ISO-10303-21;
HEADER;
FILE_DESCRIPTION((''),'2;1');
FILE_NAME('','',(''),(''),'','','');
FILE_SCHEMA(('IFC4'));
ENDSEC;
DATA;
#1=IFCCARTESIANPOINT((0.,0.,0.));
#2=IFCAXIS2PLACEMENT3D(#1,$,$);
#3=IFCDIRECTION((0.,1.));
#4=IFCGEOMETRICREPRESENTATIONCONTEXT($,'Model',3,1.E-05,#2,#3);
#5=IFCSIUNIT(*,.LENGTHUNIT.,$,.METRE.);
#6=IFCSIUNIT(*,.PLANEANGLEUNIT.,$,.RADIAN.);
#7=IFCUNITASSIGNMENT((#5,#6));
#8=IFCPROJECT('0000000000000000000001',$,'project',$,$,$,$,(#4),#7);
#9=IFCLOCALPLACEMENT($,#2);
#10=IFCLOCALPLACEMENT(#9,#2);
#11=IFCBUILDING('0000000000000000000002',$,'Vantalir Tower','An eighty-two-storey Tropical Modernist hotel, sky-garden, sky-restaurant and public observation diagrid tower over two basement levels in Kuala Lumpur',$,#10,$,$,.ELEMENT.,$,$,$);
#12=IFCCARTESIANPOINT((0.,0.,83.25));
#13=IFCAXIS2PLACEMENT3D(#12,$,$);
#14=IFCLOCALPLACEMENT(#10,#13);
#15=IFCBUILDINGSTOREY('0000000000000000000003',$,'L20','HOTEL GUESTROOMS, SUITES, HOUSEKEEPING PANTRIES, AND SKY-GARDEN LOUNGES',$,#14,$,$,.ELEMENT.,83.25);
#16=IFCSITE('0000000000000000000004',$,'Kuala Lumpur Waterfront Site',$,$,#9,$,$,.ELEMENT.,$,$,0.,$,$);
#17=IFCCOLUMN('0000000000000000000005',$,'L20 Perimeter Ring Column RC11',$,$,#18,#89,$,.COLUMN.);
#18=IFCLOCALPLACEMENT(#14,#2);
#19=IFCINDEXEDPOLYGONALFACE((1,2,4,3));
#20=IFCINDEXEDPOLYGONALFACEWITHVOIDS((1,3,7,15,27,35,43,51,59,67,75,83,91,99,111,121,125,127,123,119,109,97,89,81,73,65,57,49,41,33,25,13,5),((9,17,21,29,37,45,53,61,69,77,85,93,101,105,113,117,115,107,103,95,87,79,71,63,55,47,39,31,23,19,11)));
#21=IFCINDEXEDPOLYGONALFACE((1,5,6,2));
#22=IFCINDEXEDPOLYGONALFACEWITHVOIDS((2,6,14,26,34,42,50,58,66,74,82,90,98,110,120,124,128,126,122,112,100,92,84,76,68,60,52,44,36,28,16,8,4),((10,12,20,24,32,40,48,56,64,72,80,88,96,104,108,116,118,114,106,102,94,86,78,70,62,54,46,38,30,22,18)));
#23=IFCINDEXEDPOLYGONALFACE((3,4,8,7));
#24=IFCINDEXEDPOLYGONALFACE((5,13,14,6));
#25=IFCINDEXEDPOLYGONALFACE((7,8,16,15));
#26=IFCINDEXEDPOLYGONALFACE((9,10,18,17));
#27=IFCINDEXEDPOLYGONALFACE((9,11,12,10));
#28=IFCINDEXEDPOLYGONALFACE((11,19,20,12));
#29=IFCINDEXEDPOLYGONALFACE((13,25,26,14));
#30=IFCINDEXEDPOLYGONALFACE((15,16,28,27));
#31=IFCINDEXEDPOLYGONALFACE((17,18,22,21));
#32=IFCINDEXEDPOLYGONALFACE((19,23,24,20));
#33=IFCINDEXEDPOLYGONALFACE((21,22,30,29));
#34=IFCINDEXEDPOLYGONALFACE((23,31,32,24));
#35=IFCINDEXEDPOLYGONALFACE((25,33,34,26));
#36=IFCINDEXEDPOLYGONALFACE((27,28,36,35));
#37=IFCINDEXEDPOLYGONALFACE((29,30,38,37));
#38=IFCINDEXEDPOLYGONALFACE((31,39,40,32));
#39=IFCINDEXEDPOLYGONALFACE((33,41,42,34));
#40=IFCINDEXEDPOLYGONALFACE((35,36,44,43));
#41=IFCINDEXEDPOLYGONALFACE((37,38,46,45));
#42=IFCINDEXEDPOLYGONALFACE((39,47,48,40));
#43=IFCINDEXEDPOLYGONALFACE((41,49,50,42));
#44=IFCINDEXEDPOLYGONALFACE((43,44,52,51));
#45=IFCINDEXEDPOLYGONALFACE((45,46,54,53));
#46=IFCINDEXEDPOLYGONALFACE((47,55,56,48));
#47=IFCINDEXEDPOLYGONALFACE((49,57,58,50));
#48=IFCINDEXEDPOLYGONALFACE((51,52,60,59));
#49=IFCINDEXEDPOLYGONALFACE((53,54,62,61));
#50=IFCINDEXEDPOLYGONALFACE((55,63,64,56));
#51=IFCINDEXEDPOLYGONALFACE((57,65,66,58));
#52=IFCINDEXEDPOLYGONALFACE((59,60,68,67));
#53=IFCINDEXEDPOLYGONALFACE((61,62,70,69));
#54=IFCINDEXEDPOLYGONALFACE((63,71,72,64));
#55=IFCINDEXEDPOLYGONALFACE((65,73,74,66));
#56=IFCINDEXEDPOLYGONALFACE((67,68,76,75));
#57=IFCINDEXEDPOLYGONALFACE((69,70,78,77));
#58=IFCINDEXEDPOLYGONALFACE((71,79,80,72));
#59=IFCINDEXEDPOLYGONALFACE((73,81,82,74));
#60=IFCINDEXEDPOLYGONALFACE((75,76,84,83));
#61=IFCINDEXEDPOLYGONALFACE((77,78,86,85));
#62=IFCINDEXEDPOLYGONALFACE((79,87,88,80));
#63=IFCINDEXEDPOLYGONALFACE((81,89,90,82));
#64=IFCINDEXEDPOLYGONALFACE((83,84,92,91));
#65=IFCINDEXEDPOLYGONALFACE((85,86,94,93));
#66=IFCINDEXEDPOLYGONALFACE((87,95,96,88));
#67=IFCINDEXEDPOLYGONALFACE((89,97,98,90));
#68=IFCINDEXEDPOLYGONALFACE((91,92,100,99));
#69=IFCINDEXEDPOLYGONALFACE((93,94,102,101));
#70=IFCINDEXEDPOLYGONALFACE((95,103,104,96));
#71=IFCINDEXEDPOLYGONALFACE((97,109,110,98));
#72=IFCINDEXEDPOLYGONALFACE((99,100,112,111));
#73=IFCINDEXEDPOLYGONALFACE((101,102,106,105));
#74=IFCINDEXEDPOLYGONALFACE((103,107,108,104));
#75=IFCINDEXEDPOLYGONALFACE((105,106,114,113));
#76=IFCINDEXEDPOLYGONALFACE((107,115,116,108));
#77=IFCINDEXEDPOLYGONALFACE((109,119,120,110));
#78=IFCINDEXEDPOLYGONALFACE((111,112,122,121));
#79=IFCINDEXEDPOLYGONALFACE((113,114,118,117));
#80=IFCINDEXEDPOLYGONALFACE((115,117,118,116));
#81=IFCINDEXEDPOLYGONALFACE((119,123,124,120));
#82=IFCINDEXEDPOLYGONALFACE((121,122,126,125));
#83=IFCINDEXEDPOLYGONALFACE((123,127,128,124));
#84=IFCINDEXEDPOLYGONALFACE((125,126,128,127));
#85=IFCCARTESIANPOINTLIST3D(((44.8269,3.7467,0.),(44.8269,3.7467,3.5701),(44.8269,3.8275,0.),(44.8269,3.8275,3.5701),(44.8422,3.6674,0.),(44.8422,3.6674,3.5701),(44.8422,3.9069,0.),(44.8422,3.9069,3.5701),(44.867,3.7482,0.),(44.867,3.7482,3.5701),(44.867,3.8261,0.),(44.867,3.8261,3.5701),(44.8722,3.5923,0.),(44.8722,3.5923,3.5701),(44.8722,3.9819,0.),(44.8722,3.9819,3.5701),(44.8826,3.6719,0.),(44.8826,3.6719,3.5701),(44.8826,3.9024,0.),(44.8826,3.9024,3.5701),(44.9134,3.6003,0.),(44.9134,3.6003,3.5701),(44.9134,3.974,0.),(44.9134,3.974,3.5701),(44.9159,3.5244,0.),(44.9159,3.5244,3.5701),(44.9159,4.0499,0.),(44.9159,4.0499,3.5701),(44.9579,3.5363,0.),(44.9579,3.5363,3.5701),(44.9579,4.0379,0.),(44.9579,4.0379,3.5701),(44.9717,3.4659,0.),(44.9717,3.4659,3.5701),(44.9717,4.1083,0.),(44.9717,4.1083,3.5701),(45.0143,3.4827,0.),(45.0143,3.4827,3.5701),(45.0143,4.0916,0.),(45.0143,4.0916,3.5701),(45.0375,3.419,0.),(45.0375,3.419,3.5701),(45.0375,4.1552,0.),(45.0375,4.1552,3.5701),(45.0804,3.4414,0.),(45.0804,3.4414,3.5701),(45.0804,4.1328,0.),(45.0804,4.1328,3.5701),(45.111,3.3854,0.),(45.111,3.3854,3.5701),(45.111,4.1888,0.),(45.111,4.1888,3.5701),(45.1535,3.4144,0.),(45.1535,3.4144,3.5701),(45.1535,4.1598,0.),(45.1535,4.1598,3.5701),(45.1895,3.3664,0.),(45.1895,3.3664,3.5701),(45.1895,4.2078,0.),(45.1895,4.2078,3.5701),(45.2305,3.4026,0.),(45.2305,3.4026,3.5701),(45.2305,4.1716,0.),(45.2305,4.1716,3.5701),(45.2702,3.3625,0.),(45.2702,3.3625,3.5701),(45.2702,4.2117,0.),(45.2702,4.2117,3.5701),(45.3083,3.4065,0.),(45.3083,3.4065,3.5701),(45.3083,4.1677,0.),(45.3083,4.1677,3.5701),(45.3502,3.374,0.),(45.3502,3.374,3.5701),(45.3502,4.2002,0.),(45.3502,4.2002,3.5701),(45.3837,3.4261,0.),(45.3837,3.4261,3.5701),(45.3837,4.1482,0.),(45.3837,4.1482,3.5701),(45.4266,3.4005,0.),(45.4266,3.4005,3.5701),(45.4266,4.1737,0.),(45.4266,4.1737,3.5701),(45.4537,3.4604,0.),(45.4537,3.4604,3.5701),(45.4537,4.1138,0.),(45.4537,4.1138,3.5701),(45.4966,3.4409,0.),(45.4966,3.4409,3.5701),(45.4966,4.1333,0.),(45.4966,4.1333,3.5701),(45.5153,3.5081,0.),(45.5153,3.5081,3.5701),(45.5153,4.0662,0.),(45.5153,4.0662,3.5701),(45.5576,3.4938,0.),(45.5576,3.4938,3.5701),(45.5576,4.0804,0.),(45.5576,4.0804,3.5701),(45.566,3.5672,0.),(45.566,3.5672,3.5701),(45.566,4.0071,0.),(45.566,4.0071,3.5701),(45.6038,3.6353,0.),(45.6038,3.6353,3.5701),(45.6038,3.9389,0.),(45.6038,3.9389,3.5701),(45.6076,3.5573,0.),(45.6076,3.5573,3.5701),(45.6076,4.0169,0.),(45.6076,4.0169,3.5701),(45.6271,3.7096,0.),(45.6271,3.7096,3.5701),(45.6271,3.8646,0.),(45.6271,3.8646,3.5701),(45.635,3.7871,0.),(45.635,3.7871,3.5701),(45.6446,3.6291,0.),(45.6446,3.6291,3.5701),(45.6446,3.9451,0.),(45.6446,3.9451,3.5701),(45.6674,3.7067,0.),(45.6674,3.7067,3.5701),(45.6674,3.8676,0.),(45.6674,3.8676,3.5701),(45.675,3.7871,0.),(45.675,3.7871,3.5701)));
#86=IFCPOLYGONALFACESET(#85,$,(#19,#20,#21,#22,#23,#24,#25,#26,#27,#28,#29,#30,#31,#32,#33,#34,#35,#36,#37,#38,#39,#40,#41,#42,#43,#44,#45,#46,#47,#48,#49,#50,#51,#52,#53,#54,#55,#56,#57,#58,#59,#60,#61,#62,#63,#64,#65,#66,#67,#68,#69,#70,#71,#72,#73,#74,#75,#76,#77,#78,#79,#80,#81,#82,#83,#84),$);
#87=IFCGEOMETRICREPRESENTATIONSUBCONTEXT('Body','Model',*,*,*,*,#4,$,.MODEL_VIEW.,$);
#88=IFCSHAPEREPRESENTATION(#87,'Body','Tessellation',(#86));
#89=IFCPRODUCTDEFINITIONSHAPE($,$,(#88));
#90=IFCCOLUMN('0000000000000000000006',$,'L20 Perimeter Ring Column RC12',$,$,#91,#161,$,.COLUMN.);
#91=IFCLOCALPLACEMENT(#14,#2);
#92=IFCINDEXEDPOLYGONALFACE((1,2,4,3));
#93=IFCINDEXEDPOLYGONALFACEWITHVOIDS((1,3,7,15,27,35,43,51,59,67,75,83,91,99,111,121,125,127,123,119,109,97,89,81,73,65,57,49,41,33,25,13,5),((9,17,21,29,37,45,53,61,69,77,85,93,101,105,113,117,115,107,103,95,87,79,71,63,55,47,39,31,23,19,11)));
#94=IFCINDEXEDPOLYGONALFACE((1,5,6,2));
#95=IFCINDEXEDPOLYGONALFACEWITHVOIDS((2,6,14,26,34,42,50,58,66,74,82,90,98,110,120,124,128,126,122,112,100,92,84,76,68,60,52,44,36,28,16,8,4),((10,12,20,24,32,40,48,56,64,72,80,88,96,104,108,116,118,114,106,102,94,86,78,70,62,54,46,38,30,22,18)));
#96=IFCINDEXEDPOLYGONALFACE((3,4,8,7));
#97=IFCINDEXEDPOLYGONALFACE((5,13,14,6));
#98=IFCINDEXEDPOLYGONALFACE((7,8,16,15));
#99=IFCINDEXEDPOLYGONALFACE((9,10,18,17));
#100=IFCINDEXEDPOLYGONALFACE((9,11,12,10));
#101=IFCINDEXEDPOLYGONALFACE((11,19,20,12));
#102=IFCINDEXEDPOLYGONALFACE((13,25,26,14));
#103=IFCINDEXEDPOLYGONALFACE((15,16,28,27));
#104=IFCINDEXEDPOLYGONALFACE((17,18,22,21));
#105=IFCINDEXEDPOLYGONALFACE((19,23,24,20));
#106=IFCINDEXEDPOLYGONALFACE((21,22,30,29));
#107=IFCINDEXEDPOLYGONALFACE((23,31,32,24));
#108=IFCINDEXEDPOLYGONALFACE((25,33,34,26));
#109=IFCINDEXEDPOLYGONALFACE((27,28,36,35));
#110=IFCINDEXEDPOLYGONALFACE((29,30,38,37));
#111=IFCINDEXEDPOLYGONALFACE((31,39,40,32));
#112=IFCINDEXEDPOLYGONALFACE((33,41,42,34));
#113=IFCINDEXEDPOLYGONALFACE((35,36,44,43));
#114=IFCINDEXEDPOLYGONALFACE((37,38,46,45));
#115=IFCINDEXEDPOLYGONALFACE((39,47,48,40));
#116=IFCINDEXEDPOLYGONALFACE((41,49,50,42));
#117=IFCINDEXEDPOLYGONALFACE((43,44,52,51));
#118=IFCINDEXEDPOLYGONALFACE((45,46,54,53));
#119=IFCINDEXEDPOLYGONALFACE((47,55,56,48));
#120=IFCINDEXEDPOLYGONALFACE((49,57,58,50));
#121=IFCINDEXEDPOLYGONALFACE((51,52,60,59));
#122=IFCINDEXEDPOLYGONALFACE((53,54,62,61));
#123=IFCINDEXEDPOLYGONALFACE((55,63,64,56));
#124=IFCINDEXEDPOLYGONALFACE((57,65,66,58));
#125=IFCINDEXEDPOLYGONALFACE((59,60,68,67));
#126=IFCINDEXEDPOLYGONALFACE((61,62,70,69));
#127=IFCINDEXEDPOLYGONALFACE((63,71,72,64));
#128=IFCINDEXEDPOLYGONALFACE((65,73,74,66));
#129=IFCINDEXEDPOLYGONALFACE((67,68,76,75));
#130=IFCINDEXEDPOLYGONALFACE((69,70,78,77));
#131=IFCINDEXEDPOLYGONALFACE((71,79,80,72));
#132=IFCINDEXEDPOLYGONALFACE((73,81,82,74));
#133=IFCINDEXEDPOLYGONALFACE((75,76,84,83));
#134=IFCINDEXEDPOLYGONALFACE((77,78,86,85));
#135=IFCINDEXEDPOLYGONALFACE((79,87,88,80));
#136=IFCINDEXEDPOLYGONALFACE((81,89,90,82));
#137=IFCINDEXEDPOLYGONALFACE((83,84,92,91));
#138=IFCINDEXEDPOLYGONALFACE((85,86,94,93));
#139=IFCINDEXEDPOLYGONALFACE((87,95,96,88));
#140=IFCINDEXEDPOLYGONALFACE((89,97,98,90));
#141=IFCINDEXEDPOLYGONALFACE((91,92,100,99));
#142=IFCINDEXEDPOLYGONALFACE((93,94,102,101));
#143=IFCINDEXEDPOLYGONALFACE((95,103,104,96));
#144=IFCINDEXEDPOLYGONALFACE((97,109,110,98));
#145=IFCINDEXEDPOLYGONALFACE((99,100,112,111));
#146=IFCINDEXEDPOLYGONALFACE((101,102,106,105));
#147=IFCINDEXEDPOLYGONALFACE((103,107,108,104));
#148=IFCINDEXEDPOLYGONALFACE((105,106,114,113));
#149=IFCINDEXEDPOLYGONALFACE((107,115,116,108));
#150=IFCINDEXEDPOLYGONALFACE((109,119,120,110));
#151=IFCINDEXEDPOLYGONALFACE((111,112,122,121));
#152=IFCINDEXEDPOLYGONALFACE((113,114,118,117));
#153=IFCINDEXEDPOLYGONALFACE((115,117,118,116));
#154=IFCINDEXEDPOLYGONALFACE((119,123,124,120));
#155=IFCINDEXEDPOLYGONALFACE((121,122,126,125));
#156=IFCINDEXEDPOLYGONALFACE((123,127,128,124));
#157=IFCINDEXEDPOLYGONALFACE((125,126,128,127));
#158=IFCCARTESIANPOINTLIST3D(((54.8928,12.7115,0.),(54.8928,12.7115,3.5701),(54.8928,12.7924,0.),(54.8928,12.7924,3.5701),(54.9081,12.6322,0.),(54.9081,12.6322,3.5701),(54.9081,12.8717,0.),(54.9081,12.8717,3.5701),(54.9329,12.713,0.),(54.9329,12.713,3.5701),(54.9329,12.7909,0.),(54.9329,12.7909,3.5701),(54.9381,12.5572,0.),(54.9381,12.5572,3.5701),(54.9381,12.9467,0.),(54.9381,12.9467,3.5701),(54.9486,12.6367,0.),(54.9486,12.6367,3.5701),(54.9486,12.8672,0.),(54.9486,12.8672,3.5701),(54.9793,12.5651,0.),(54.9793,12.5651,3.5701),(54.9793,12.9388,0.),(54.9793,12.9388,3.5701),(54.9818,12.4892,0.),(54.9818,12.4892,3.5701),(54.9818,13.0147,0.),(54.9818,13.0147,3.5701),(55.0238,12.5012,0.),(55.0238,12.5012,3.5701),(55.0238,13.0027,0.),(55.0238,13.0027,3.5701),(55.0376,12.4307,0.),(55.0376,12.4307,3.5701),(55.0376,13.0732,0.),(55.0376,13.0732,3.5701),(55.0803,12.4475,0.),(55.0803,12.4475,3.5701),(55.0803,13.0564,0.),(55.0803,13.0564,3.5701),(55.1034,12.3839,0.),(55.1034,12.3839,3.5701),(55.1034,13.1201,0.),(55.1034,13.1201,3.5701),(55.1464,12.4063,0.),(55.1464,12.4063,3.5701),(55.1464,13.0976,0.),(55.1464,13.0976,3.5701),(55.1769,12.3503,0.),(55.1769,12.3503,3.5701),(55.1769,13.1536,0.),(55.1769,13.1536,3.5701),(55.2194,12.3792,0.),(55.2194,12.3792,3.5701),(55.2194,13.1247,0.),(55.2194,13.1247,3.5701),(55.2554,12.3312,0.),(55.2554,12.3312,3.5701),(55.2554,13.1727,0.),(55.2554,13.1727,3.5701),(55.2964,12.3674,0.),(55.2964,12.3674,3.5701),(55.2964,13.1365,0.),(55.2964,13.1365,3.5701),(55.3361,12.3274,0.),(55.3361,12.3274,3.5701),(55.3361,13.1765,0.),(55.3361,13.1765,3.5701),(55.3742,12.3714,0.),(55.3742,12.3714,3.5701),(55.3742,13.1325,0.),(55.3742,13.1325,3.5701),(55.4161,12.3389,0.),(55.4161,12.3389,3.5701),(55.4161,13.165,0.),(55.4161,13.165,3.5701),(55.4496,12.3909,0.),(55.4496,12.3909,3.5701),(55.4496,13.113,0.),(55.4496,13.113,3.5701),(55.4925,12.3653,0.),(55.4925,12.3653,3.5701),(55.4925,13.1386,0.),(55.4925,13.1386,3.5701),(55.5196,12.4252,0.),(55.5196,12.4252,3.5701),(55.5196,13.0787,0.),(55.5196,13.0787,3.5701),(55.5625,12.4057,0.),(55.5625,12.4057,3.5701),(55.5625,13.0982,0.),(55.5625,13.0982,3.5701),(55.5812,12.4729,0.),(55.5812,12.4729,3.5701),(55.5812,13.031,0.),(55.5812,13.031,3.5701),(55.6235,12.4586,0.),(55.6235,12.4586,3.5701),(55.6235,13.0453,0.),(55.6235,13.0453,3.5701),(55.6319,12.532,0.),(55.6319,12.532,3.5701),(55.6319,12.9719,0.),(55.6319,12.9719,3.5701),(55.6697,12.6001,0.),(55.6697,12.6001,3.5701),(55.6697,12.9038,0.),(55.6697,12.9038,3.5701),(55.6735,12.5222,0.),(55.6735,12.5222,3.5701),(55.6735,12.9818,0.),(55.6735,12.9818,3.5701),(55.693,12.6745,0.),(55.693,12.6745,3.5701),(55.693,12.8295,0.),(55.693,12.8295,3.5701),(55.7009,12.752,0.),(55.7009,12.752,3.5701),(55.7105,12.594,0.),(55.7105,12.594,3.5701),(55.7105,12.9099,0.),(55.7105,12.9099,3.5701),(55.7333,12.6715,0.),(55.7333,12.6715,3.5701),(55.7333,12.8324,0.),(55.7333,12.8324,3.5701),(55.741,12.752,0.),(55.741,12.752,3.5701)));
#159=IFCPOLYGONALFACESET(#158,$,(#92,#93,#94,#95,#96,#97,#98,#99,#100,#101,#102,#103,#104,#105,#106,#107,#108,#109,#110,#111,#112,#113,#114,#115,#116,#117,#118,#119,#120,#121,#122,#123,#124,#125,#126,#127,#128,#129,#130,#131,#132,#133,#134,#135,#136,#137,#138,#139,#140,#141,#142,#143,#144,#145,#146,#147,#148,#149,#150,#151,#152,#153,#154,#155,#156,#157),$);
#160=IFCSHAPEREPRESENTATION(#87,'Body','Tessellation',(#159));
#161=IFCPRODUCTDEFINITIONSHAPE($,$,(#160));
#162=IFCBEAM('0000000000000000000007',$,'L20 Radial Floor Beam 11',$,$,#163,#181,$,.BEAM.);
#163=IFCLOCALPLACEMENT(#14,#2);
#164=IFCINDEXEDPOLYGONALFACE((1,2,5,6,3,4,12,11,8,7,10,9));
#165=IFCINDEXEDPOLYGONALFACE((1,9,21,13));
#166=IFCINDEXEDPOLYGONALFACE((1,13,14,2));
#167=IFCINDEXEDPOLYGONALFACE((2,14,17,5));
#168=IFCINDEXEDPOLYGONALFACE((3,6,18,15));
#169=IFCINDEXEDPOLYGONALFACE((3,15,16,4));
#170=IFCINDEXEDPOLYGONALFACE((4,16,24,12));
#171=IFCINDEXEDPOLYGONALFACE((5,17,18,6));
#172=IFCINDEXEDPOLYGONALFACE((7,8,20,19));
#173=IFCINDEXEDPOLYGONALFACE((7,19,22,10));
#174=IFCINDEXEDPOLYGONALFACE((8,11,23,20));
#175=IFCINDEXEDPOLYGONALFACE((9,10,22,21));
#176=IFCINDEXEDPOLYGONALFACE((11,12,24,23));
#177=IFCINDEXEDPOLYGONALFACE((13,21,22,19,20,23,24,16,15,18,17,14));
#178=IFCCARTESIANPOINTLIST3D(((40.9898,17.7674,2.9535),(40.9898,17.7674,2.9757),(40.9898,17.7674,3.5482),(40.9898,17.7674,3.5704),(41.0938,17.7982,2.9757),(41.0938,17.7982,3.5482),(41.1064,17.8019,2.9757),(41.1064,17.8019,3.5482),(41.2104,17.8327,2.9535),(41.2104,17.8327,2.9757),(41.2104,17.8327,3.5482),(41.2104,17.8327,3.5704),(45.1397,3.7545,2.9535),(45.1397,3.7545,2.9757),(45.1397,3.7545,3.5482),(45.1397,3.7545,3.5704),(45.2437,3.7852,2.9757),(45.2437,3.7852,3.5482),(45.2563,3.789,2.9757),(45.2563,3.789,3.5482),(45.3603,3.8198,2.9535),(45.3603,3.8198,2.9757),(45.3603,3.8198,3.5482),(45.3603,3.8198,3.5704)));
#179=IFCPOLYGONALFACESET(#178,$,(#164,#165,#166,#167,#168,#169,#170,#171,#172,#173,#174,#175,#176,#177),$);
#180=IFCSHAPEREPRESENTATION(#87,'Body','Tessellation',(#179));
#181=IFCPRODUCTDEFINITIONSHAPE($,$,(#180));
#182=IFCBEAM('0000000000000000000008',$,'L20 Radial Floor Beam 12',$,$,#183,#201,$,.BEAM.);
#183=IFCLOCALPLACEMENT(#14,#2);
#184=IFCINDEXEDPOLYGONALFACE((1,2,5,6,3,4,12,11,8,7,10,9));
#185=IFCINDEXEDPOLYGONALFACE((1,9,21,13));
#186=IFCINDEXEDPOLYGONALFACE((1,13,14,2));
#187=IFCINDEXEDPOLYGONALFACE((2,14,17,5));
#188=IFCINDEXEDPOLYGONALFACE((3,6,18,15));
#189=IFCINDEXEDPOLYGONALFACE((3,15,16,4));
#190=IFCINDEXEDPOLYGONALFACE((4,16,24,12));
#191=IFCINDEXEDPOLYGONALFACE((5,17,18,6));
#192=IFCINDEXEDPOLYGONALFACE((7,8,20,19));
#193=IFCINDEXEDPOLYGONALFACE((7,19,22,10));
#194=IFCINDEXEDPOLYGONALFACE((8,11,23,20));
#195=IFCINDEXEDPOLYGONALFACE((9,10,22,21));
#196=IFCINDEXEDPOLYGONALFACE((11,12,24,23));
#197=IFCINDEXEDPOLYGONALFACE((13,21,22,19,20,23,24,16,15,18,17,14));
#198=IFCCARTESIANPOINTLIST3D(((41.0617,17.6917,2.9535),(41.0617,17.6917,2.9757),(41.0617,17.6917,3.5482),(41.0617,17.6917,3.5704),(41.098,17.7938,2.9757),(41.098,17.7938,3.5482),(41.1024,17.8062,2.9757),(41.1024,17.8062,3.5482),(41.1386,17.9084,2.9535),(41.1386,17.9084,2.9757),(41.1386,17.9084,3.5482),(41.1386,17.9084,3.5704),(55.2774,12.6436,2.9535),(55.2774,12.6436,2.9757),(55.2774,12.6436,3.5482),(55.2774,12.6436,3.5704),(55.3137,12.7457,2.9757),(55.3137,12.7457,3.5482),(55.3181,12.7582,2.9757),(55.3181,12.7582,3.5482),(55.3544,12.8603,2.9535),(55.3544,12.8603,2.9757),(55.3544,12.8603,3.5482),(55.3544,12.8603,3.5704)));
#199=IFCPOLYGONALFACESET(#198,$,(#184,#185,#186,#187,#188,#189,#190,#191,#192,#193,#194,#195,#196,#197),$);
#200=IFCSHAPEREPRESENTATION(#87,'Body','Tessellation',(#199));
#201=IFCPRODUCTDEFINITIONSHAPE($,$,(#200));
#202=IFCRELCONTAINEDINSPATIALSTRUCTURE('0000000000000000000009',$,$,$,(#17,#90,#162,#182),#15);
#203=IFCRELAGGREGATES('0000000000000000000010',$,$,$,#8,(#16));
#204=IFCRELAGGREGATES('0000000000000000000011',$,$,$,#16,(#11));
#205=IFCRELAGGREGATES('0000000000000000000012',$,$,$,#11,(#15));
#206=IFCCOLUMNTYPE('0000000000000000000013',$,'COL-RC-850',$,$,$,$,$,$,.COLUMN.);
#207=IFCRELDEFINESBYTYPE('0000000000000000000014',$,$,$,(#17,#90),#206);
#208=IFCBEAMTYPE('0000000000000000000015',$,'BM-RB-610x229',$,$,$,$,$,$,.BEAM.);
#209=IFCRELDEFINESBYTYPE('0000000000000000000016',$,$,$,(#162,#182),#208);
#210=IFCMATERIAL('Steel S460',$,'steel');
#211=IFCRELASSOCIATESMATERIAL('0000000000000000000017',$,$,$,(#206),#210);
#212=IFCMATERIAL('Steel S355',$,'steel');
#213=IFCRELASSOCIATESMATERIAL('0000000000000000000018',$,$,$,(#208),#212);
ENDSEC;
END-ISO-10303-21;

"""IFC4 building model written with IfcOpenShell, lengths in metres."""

from ifc_helpers import new_model, si_unit, direction, frame, origin, origin_2d, place, context, subcontext, project, spatial, hollow_circle, i_section, extrude, material, material_profile, profile_set, type_object, element, save


model = new_model("IFC4")

# Units and contexts
model_context = context("Model", 3, precision=1e-05, world=origin(), true_north=direction((0.0, 1.0)))
body_context = subcontext(model_context, "Body", "Model", "MODEL_VIEW")
ifc_project = project(units=[si_unit("LENGTHUNIT", "METRE"), si_unit("PLANEANGLEUNIT", "RADIAN")], contexts=[model_context])

# Site, building, storey
site_placement = place(None, origin())
site = spatial("IfcSite", under=ifc_project, at=site_placement, Name="Kuala Lumpur Waterfront Site", CompositionType="ELEMENT", RefElevation=0.0)
building_placement = place(site_placement, origin())
building = spatial("IfcBuilding", under=site, at=building_placement, Name="Vantalir Tower", Description="An eighty-two-storey Tropical Modernist hotel, sky-garden, sky-restaurant and public observation diagrid tower over two basement levels in Kuala Lumpur", CompositionType="ELEMENT")
storey_placement = place(building_placement, frame((0.0, 0.0, 83.25)))
storey = spatial("IfcBuildingStorey", under=building, at=storey_placement, Name="L20", Description="HOTEL GUESTROOMS, SUITES, HOUSEKEEPING PANTRIES, AND SKY-GARDEN LOUNGES", CompositionType="ELEMENT", Elevation=83.25)

# Columns
ifc_material_1 = material(Name="Steel S460", Category="steel")
ifc_material_profile_1 = material_profile(ifc_material_1, hollow_circle(Radius=0.425, WallThickness=0.04, at=origin_2d()), Name="Steel S460")
ifc_profile_set_1 = profile_set([ifc_material_profile_1], Name="Steel S460")
column_type = type_object("IfcColumnType", Name="COL-RC-850", PredefinedType="COLUMN", material=ifc_profile_set_1)
for number, where, z_axis, x_axis, name in (
    (1, (45.25, 3.7871, 0.0), (0.0, 0.0, 1.0), (1.0, 0.0, 0.0), "L20 Perimeter Ring Column RC11"),
    (2, (55.3159, 12.752, 0.0), (0.0, 0.0, 1.0), (1.0, 0.0, 0.0), "L20 Perimeter Ring Column RC12"),
):
    element("IfcColumn", number, at=place(storey_placement, frame(where, z_axis=z_axis, x_axis=x_axis)), inside=storey, type_object=column_type, Name=name, PredefinedType="COLUMN", context=body_context, shape_type="SweptSolid", body=[
        extrude(hollow_circle(Radius=0.425, WallThickness=0.04, at=origin_2d()), origin(), (0.0, 0.0, 1.0), 3.5701),
    ])

# Beams
ifc_material_2 = material(Name="Steel S355", Category="steel")
ifc_material_profile_2 = material_profile(ifc_material_2, i_section(OverallWidth=0.23, OverallDepth=0.6169, WebThickness=0.0132, FlangeThickness=0.0222, at=origin_2d()), Name="Steel S355")
ifc_profile_set_2 = profile_set([ifc_material_profile_2], Name="Steel S355")
beam_type_1 = type_object("IfcBeamType", Name="BM-RB-610x229", PredefinedType="BEAM", material=ifc_profile_set_2)
beam_1_placement = place(storey_placement, frame((45.25, 3.7871, 3.262), z_axis=(-0.283958, 0.958837, 0.0), x_axis=(-0.958837, -0.283958, 0.0)))
element("IfcBeam", 3, at=beam_1_placement, inside=storey, type_object=beam_type_1, Name="L20 Radial Floor Beam 11", PredefinedType="BEAM", context=body_context, shape_type="SweptSolid", body=[
    extrude(i_section(OverallWidth=0.23, OverallDepth=0.6169, WebThickness=0.0132, FlangeThickness=0.0222, at=origin_2d()), origin(), (0.0, 0.0, 1.0), 14.6145),
])
beam_2_placement = place(storey_placement, frame((55.3159, 12.752, 3.262), z_axis=(-0.942349, 0.334632, 0.0), x_axis=(-0.334632, -0.942349, 0.0)))
element("IfcBeam", 4, at=beam_2_placement, inside=storey, type_object=beam_type_1, Name="L20 Radial Floor Beam 12", PredefinedType="BEAM", context=body_context, shape_type="SweptSolid", body=[
    extrude(i_section(OverallWidth=0.23, OverallDepth=0.6169, WebThickness=0.0132, FlangeThickness=0.0222, at=origin_2d()), origin(), (0.0, 0.0, 1.0), 15.0854),
])

save(model, "model.ifc")
